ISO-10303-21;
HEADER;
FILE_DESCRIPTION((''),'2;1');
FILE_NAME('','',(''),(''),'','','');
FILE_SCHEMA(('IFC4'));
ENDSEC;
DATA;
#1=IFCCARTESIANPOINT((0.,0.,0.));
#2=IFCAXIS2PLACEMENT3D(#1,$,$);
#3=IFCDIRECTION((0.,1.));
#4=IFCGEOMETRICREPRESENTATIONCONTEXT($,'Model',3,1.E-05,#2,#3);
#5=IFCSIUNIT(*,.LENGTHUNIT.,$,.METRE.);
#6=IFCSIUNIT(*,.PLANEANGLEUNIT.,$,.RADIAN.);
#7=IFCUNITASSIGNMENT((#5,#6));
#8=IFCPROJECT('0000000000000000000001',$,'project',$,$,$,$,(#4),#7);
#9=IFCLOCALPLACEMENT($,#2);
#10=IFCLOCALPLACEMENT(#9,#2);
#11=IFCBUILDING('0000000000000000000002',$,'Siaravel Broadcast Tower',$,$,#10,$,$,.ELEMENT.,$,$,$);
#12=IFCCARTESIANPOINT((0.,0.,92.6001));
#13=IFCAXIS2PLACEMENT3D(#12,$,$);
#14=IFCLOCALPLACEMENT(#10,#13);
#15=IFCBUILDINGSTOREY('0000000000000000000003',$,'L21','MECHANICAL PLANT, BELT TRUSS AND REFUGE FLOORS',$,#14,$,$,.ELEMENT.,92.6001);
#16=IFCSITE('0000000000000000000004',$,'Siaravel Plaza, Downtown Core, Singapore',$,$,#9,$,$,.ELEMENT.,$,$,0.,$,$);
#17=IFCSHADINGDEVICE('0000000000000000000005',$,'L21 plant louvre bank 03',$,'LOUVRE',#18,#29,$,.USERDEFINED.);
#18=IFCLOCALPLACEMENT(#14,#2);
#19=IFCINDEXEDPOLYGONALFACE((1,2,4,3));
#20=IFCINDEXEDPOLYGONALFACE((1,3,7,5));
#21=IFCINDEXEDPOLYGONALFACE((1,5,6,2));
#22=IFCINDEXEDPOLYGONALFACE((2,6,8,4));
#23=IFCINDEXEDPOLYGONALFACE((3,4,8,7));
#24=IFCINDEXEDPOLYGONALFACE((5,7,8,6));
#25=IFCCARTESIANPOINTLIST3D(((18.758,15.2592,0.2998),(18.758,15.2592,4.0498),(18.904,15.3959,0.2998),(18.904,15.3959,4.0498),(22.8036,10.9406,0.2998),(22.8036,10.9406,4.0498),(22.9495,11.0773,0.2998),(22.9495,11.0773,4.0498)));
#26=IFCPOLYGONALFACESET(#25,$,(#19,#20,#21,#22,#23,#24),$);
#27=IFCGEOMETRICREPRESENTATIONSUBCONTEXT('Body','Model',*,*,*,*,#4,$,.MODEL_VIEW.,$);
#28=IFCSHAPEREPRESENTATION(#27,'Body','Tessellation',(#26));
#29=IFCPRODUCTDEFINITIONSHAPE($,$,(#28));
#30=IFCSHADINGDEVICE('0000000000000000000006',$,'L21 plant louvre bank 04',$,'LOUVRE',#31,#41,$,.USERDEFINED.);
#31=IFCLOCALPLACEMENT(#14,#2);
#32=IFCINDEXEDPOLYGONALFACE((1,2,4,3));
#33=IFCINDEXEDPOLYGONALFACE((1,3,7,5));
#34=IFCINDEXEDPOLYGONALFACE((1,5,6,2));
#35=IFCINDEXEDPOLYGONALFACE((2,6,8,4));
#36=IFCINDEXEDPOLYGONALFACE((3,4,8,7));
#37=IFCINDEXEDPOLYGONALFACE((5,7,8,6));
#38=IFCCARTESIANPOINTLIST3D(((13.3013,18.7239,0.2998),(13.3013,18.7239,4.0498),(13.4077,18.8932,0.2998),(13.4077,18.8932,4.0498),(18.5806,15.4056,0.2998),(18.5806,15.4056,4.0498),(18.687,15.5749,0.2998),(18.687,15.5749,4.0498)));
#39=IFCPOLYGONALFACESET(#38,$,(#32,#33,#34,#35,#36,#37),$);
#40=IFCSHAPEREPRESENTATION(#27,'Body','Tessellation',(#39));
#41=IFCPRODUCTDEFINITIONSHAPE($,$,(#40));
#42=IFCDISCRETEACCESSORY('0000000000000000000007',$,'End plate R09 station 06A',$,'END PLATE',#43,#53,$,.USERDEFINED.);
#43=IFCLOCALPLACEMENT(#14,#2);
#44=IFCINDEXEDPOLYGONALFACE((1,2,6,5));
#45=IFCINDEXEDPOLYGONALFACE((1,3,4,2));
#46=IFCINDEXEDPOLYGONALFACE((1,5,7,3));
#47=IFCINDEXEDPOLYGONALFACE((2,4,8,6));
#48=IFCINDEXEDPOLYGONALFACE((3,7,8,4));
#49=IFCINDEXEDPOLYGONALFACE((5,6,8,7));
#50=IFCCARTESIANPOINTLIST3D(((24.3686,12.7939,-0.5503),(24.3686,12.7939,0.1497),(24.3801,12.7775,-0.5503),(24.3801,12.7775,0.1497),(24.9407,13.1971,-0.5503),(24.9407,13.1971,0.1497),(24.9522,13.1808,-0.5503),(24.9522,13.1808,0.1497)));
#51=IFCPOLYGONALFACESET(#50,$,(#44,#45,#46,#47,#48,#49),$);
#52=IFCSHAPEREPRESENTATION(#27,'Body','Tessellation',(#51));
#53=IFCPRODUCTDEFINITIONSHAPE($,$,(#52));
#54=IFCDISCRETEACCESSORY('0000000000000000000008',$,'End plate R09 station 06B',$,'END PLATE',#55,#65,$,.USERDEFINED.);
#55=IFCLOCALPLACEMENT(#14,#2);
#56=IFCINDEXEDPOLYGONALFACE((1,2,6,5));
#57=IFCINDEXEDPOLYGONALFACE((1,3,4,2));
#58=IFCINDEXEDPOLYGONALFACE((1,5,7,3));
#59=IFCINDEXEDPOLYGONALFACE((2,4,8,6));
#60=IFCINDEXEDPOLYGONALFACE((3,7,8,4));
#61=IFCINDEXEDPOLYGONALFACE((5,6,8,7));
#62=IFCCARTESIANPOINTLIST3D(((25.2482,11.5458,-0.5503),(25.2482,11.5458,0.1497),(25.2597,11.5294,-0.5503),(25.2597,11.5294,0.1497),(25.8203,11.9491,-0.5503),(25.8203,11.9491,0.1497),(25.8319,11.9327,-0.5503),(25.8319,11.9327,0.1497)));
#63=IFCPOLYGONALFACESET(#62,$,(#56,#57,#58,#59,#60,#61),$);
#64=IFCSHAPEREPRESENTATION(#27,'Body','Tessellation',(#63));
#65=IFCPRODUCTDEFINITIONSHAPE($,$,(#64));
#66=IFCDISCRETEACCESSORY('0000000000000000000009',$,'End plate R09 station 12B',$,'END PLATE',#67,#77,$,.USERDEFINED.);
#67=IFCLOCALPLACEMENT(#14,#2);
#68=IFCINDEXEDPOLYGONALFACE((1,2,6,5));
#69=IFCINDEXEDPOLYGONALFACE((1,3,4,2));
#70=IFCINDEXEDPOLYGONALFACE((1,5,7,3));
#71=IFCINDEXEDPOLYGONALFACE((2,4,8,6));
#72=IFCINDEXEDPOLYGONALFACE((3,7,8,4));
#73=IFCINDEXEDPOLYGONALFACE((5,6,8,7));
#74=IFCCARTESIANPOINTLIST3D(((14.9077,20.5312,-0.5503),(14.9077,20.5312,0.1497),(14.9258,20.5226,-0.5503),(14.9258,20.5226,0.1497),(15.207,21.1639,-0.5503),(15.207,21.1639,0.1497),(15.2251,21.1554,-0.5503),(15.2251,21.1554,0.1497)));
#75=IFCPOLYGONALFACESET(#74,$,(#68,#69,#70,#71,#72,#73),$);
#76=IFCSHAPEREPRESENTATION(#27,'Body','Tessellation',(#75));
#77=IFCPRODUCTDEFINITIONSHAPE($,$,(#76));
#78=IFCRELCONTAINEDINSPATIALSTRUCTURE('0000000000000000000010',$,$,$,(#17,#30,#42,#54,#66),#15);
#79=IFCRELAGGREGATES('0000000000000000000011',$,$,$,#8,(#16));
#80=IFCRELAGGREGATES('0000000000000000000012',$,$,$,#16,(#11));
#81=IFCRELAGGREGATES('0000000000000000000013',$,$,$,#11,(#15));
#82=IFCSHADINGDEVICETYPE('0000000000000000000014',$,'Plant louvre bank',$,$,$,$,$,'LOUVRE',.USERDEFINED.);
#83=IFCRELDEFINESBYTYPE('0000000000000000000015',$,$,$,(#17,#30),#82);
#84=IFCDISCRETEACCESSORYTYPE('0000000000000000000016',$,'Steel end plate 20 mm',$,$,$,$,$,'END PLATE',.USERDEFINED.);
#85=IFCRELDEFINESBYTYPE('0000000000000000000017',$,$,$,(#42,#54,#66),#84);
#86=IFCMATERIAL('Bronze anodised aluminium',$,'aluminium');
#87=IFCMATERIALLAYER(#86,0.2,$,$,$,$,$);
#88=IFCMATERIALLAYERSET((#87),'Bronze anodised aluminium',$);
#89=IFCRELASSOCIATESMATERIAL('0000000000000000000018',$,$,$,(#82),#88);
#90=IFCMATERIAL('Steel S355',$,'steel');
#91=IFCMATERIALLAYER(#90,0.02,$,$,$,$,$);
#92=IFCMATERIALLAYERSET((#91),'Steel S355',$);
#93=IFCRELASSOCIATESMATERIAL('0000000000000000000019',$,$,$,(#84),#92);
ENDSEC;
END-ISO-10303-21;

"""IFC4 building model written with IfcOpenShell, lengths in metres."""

from ifc_helpers import new_model, si_unit, direction, frame, origin, origin_2d, place, context, subcontext, project, spatial, rectangle, extrude, material, layer, layer_set, type_object, element, save


model = new_model("IFC4")

# Units and contexts
model_context = context("Model", 3, precision=1e-05, world=origin(), true_north=direction((0.0, 1.0)))
body_context = subcontext(model_context, "Body", "Model", "MODEL_VIEW")
ifc_project = project(units=[si_unit("LENGTHUNIT", "METRE"), si_unit("PLANEANGLEUNIT", "RADIAN")], contexts=[model_context])

# Site, building, storey
site_placement = place(None, origin())
site = spatial("IfcSite", under=ifc_project, at=site_placement, Name="Siaravel Plaza, Downtown Core, Singapore", CompositionType="ELEMENT", RefElevation=0.0)
building_placement = place(site_placement, origin())
building = spatial("IfcBuilding", under=site, at=building_placement, Name="Siaravel Broadcast Tower", CompositionType="ELEMENT")
storey_placement = place(building_placement, frame((0.0, 0.0, 92.6001)))
storey = spatial("IfcBuildingStorey", under=building, at=storey_placement, Name="L21", Description="MECHANICAL PLANT, BELT TRUSS AND REFUGE FLOORS", CompositionType="ELEMENT", Elevation=92.6001)

# Shared definitions
ifc_material_1 = material(Name="Steel S355", Category="steel")

# Shading devices
ifc_material_2 = material(Name="Bronze anodised aluminium", Category="aluminium")
ifc_layer_1 = layer(ifc_material_2, 0.2)
ifc_layer_set_1 = layer_set([ifc_layer_1], Name="Bronze anodised aluminium")
shading_device_type = type_object("IfcShadingDeviceType", Name="Plant louvre bank", ElementType="LOUVRE", PredefinedType="USERDEFINED", material=ifc_layer_set_1)
shading_device_1_placement = place(storey_placement, frame((20.8538, 13.1682, 0.2998), z_axis=(0.0, 0.0, 1.0), x_axis=(-0.683655, 0.729806, 0.0)))
element("IfcShadingDevice", 1, at=shading_device_1_placement, inside=storey, type_object=shading_device_type, Name="L21 plant louvre bank 03", ObjectType="LOUVRE", PredefinedType="USERDEFINED", context=body_context, shape_type="SweptSolid", body=[
    extrude(rectangle(XDim=5.9175, YDim=0.2, at=origin_2d()), origin(), (0.0, 0.0, 1.0), 3.75),
])
shading_device_2_placement = place(storey_placement, frame((15.9941, 17.1494, 0.2998), z_axis=(0.0, 0.0, 1.0), x_axis=(-0.84665, 0.532149, 0.0)))
element("IfcShadingDevice", 2, at=shading_device_2_placement, inside=storey, type_object=shading_device_type, Name="L21 plant louvre bank 04", ObjectType="LOUVRE", PredefinedType="USERDEFINED", context=body_context, shape_type="SweptSolid", body=[
    extrude(rectangle(XDim=6.2356, YDim=0.2, at=origin_2d()), origin(), (0.0, 0.0, 1.0), 3.75),
])

# Discrete accessories
ifc_layer_2 = layer(ifc_material_1, 0.02)
ifc_layer_set_2 = layer_set([ifc_layer_2], Name="Steel S355")
discrete_accessory_type = type_object("IfcDiscreteAccessoryType", Name="Steel end plate 20 mm", ElementType="END PLATE", PredefinedType="USERDEFINED", material=ifc_layer_set_2)
for number, where, z_axis, x_axis, name in (
    (3, (24.6604, 12.9873, -0.5503), (0.0, 0.0, 1.0), (-0.576119, 0.817366, 0.0), "End plate R09 station 06A"),
    (4, (25.54, 11.7393, -0.5503), (0.0, 0.0, 1.0), (-0.576119, 0.817366, 0.0), "End plate R09 station 06B"),
    (5, (15.0664, 20.8433, -0.5503), (0.0, 0.0, 1.0), (-0.904006, 0.427519, 0.0), "End plate R09 station 12B"),
):
    element("IfcDiscreteAccessory", number, at=place(storey_placement, frame(where, z_axis=z_axis, x_axis=x_axis)), inside=storey, type_object=discrete_accessory_type, Name=name, ObjectType="END PLATE", PredefinedType="USERDEFINED", context=body_context, shape_type="SweptSolid", body=[
        extrude(rectangle(XDim=0.02, YDim=0.7, at=origin_2d()), origin(), (0.0, 0.0, 1.0), 0.7),
    ])

save(model, "model.ifc")
